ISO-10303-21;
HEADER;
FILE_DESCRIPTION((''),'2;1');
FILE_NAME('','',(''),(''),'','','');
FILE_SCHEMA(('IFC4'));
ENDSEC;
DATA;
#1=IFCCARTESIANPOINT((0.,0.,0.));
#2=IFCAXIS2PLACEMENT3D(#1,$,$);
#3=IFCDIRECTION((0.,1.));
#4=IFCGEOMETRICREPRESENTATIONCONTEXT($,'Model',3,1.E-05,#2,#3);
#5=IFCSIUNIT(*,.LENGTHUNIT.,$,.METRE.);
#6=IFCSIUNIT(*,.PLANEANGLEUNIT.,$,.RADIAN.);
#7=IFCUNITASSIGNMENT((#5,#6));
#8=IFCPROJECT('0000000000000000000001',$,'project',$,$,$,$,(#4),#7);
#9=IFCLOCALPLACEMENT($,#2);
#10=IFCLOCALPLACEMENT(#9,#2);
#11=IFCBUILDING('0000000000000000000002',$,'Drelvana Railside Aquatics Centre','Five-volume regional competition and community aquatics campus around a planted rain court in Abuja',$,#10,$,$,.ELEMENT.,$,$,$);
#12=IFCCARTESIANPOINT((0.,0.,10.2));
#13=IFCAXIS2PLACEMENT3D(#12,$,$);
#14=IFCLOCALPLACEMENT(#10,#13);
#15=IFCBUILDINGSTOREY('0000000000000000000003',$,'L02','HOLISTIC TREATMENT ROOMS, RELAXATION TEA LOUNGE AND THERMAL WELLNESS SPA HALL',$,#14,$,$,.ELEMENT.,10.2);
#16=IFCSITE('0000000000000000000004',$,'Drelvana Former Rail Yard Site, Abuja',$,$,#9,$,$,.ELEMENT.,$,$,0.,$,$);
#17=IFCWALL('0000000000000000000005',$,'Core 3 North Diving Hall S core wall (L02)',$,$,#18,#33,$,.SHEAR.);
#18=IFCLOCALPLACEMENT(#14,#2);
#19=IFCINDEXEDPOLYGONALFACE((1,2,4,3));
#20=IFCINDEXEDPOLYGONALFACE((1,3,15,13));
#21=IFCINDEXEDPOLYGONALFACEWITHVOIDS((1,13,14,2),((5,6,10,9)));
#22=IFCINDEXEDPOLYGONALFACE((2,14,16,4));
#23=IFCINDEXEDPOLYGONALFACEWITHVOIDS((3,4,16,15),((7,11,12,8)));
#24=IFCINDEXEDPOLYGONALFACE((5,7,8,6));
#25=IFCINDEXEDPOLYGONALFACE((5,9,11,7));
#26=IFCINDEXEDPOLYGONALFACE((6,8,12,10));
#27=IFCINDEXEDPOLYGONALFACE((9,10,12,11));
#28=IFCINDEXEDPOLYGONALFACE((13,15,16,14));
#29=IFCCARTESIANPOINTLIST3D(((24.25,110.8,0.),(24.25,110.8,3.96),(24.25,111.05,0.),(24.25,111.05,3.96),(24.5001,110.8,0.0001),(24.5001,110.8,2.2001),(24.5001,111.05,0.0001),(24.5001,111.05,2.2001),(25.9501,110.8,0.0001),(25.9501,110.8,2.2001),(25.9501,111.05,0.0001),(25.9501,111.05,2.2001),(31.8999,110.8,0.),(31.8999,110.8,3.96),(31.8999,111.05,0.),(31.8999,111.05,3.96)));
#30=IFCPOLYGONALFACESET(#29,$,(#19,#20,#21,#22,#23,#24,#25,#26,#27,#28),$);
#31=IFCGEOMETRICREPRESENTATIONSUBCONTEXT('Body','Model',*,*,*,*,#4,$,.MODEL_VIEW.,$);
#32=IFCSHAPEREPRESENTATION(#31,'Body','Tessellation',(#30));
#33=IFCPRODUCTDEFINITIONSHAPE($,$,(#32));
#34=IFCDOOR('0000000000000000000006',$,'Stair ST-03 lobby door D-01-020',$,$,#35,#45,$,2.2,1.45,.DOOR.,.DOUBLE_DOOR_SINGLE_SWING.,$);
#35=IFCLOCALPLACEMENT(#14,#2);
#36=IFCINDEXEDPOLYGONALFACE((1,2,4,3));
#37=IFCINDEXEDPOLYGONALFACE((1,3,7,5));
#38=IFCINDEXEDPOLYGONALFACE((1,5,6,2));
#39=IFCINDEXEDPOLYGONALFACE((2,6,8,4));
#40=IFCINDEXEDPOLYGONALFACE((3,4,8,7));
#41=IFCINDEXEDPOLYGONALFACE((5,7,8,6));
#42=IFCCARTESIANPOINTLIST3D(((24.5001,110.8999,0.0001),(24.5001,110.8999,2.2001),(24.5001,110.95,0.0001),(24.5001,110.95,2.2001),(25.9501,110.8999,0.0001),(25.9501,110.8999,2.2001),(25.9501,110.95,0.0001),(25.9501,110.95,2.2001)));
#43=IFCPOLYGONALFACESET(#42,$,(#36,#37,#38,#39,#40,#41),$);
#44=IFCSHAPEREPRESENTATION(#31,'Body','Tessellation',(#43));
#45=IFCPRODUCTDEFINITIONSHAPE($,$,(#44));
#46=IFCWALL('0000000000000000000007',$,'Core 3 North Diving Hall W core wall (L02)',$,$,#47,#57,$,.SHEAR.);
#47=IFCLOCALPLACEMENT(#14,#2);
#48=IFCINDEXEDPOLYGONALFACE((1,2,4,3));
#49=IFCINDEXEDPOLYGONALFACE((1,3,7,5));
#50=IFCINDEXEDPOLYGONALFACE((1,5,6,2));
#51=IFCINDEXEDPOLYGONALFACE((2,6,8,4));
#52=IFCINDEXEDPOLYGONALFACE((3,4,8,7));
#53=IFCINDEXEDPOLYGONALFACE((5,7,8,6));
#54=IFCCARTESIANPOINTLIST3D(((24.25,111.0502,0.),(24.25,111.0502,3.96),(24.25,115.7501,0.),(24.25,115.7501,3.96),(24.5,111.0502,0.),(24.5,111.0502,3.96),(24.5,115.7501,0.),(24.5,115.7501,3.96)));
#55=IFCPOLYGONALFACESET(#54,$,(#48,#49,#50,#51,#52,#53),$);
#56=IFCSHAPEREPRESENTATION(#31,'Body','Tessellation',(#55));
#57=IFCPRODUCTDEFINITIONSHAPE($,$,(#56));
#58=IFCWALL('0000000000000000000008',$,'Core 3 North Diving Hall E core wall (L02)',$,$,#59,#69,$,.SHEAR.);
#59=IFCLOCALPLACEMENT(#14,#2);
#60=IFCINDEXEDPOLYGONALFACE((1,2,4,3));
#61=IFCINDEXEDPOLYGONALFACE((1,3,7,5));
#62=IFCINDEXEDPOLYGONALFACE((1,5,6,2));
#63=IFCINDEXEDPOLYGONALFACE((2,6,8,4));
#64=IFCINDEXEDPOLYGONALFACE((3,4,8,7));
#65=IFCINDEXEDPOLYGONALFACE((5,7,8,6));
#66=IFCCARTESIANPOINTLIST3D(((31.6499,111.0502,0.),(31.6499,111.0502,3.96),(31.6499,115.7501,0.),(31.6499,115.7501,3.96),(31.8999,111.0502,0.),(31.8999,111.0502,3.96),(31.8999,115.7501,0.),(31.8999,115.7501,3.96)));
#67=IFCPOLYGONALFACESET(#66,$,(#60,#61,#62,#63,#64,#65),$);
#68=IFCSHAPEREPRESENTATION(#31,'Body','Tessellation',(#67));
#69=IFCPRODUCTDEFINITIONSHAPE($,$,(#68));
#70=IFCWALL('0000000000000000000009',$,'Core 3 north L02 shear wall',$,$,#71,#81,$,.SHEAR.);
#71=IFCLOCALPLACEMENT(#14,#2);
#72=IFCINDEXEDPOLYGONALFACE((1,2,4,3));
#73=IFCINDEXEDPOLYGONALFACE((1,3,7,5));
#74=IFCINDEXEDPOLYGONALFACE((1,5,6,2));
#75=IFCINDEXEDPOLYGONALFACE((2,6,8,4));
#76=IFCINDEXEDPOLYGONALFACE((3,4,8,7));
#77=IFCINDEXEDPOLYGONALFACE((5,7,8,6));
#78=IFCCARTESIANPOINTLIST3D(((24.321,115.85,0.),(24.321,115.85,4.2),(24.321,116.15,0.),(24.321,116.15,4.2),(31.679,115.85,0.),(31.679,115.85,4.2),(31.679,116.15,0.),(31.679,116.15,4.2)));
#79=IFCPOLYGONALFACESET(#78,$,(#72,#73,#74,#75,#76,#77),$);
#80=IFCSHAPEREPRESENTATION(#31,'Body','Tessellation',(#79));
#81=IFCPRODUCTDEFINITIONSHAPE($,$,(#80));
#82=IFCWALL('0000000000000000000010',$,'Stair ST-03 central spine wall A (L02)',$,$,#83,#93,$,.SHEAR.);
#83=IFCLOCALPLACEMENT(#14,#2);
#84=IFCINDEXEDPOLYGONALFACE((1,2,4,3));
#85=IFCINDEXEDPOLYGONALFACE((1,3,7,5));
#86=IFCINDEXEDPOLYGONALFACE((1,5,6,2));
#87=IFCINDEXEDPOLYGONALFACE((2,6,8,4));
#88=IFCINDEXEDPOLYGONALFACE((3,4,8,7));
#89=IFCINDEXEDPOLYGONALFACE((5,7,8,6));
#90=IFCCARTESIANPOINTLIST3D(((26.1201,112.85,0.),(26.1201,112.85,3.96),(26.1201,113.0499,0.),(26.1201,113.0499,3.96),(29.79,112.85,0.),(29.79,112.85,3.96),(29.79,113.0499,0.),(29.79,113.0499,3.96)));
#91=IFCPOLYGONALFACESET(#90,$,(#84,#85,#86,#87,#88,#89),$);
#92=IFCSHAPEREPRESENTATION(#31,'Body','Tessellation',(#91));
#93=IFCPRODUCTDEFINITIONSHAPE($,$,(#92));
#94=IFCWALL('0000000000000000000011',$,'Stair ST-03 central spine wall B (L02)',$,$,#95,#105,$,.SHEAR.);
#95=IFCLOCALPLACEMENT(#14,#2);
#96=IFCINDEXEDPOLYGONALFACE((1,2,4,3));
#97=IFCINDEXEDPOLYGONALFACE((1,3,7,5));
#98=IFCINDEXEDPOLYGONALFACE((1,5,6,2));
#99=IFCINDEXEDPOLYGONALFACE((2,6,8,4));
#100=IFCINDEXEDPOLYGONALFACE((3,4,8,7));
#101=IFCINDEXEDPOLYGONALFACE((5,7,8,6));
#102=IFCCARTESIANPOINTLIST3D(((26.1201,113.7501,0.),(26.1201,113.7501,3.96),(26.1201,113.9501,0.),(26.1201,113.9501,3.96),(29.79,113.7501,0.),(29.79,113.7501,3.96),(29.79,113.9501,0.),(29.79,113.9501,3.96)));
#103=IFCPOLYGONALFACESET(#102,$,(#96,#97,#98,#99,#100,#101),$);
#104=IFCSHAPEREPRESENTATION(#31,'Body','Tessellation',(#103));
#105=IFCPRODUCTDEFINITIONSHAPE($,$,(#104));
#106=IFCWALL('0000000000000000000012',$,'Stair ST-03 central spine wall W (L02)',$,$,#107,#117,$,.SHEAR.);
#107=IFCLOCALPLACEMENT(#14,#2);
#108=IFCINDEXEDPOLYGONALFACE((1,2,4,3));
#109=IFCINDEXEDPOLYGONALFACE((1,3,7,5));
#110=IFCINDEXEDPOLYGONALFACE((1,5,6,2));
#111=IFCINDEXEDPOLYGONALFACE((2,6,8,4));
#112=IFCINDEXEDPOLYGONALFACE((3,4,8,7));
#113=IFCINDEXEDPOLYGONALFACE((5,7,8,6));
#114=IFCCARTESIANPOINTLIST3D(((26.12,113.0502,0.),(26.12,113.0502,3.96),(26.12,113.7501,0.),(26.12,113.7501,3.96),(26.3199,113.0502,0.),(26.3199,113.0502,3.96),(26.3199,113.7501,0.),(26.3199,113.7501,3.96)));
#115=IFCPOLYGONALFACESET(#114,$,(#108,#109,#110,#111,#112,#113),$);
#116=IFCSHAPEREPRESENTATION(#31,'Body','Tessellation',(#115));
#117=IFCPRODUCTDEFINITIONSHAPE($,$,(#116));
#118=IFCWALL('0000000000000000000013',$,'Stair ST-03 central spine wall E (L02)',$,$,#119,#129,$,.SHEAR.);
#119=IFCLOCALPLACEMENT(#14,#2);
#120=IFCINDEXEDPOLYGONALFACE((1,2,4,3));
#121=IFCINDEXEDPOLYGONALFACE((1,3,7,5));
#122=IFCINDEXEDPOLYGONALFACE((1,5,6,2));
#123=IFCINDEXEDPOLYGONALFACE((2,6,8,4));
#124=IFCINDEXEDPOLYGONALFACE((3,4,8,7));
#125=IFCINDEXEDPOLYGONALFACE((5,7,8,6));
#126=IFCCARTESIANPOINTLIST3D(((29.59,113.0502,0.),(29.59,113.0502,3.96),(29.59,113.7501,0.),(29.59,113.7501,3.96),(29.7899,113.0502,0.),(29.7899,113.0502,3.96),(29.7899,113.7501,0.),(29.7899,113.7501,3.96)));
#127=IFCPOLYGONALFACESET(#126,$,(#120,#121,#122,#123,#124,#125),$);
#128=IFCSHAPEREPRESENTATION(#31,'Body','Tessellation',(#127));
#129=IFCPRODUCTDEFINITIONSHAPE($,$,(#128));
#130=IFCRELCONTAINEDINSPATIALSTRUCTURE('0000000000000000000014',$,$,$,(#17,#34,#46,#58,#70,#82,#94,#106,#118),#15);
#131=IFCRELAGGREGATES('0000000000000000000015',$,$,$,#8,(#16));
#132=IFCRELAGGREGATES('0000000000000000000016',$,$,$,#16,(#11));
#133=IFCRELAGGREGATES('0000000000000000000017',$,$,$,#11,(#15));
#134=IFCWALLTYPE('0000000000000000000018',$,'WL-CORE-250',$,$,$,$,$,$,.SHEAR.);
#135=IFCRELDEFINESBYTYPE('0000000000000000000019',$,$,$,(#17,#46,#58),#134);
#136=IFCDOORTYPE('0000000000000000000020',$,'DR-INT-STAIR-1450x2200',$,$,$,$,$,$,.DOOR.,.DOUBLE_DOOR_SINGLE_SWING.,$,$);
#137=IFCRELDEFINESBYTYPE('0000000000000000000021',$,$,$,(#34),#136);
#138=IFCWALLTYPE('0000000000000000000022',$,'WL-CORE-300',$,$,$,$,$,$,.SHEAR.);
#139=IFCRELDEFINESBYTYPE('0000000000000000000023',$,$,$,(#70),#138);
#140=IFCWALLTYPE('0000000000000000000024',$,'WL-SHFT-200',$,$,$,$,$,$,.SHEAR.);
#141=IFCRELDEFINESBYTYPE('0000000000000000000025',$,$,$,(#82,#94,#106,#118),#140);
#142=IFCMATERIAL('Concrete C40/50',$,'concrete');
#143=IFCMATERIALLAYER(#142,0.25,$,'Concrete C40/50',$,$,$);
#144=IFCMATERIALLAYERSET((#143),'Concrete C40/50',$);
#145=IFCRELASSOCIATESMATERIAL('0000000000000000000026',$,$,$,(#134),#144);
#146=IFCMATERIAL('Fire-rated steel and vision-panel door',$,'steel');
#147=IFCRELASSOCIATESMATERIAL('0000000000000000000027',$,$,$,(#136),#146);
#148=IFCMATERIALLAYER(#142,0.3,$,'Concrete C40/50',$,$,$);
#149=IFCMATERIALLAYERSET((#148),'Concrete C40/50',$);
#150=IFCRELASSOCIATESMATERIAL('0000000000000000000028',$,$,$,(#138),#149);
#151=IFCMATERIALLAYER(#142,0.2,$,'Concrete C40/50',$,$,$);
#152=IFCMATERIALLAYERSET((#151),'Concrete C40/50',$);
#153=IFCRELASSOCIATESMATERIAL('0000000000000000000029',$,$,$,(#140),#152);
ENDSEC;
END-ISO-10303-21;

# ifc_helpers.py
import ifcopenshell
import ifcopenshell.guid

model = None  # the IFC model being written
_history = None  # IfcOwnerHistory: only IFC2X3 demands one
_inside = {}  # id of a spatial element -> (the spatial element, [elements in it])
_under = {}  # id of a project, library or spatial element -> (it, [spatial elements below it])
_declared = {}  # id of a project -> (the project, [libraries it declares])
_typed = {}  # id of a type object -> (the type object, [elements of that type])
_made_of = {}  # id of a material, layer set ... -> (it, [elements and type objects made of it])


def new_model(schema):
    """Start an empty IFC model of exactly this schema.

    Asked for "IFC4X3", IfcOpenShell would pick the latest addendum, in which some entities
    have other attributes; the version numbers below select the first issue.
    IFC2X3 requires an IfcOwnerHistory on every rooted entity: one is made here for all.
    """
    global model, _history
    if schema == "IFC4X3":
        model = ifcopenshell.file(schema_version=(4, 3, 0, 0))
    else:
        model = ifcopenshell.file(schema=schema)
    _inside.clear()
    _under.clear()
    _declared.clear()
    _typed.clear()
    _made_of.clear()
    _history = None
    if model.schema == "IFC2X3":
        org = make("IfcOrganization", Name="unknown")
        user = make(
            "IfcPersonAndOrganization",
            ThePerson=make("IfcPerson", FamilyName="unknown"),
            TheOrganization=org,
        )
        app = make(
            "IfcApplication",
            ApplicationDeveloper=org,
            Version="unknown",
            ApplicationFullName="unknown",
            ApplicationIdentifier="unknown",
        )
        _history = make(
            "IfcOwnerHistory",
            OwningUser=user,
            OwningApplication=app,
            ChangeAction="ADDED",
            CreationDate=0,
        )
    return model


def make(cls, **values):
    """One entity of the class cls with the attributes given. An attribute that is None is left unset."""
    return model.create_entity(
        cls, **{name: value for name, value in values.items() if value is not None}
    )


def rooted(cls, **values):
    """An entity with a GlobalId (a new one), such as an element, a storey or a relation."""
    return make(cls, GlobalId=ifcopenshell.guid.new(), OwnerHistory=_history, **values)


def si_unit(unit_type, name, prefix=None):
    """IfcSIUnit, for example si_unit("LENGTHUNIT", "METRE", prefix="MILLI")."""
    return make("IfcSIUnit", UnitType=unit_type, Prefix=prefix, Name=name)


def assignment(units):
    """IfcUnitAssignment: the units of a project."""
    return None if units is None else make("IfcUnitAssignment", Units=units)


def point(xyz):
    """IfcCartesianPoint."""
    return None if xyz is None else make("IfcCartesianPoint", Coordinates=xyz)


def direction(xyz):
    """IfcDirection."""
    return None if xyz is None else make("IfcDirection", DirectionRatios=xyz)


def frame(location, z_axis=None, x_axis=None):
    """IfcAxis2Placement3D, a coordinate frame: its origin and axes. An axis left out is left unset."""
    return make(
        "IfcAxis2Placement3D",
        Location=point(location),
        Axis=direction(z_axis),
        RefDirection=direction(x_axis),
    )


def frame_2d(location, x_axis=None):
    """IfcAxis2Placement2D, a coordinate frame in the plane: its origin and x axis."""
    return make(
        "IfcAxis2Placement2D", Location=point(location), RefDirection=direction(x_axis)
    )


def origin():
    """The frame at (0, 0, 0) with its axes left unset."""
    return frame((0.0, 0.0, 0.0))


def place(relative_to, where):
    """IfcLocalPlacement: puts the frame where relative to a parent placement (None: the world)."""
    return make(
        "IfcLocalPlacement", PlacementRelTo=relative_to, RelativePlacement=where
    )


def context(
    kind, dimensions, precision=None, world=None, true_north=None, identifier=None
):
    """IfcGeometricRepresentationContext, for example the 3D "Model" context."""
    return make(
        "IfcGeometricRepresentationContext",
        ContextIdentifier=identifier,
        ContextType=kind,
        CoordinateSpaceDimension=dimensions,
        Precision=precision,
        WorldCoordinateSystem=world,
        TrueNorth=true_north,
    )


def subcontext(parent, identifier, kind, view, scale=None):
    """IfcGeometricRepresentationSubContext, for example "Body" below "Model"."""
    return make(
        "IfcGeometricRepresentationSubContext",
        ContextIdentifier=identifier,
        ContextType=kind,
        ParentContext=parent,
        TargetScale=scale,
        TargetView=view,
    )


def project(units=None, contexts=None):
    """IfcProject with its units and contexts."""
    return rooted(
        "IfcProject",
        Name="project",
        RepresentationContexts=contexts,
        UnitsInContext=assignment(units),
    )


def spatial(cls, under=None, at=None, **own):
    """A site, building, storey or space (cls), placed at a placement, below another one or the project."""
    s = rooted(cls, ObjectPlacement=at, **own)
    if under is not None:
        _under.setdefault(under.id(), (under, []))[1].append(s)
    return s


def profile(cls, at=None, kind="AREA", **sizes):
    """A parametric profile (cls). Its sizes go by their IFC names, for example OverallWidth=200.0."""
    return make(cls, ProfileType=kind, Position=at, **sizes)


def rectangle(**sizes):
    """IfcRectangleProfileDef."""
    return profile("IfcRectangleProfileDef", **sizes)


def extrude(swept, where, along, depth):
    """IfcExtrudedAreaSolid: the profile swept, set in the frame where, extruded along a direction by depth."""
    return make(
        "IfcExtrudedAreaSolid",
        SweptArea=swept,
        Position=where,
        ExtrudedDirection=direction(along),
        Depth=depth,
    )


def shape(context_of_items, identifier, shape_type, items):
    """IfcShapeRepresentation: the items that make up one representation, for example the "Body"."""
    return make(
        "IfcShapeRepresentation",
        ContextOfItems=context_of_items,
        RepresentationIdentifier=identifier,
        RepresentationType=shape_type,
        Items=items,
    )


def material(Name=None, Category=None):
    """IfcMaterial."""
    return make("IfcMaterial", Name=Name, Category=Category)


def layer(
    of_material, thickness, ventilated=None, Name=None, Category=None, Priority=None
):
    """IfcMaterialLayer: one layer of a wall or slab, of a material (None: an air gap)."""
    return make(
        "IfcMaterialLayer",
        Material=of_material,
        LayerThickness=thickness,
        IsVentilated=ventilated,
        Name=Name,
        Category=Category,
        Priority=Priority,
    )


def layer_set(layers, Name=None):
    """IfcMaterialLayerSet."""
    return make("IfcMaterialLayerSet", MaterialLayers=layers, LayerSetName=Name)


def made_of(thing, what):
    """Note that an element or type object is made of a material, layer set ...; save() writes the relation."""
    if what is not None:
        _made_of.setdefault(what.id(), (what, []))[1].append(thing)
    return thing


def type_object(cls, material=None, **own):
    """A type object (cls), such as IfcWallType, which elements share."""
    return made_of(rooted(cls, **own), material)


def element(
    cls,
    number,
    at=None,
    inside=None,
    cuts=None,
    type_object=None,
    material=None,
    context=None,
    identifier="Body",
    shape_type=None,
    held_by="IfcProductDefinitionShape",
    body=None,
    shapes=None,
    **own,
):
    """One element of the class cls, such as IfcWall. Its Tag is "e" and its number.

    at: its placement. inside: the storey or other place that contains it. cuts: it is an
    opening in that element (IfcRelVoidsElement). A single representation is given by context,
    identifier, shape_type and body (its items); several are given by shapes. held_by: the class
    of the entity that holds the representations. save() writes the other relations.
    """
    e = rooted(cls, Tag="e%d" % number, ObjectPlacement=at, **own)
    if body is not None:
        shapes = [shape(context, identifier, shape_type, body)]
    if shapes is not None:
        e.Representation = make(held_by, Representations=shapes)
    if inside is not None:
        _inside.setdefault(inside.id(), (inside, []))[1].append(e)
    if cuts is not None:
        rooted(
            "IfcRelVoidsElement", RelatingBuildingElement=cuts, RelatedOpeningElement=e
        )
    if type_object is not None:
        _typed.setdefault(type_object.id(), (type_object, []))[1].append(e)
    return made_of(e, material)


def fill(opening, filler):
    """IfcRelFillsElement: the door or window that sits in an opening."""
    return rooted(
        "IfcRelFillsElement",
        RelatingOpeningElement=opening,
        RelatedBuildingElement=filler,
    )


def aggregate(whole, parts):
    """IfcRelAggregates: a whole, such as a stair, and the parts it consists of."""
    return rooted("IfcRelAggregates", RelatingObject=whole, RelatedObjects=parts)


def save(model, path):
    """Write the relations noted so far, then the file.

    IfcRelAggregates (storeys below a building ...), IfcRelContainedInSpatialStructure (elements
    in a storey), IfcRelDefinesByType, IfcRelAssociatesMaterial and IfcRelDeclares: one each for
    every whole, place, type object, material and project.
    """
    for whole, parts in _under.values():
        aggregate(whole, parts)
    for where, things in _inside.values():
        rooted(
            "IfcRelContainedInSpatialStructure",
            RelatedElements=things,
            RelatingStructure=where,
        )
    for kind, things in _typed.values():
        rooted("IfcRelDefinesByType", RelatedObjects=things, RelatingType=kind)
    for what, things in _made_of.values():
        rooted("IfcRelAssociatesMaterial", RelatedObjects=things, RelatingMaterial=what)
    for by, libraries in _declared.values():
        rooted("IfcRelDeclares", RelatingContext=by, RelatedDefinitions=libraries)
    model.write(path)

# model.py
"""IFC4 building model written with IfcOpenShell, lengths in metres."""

from ifc_helpers import new_model, si_unit, direction, frame, frame_2d, origin, place, context, subcontext, project, spatial, rectangle, extrude, material, layer, layer_set, type_object, element, fill, save


model = new_model("IFC4")

# Units and contexts
model_context = context("Model", 3, precision=1e-05, world=origin(), true_north=direction((0.0, 1.0)))
body_context = subcontext(model_context, "Body", "Model", "MODEL_VIEW")
ifc_project = project(units=[si_unit("LENGTHUNIT", "METRE"), si_unit("PLANEANGLEUNIT", "RADIAN")], contexts=[model_context])

# Site, building, storey
site_placement = place(None, origin())
site = spatial("IfcSite", under=ifc_project, at=site_placement, Name="Drelvana Former Rail Yard Site, Abuja", CompositionType="ELEMENT", RefElevation=0.0)
building_placement = place(site_placement, origin())
building = spatial("IfcBuilding", under=site, at=building_placement, Name="Drelvana Railside Aquatics Centre", Description="Five-volume regional competition and community aquatics campus around a planted rain court in Abuja", CompositionType="ELEMENT")
storey_placement = place(building_placement, frame((0.0, 0.0, 10.2)))
storey = spatial("IfcBuildingStorey", under=building, at=storey_placement, Name="L02", Description="HOLISTIC TREATMENT ROOMS, RELAXATION TEA LOUNGE AND THERMAL WELLNESS SPA HALL", CompositionType="ELEMENT", Elevation=10.2)

# Shared definitions
ifc_material_1 = material(Name="Concrete C40/50", Category="concrete")

# Wall, opening, door
ifc_layer_1 = layer(ifc_material_1, 0.25, Name="Concrete C40/50")
ifc_layer_set_1 = layer_set([ifc_layer_1], Name="Concrete C40/50")
wall_type_1 = type_object("IfcWallType", Name="WL-CORE-250", PredefinedType="SHEAR", material=ifc_layer_set_1)
wall_1_placement = place(storey_placement, frame((24.25, 110.925, 0.0), z_axis=(0.0, 0.0, 1.0), x_axis=(1.0, 0.0, 0.0)))
wall_1 = element("IfcWall", 1, at=wall_1_placement, inside=storey, type_object=wall_type_1, Name="Core 3 North Diving Hall S core wall (L02)", PredefinedType="SHEAR", context=body_context, shape_type="SweptSolid", body=[
    extrude(rectangle(XDim=7.6499, YDim=0.25, at=frame_2d((3.825, 0.0))), origin(), (0.0, 0.0, 1.0), 3.96),
])
opening_placement = place(wall_1_placement, frame((0.25, 0.0, 0.0)))
opening = element("IfcOpeningElement", 2, at=opening_placement, cuts=wall_1, PredefinedType="OPENING", context=body_context, shape_type="SweptSolid", body=[
    extrude(rectangle(XDim=1.45, YDim=2.2, at=frame_2d((0.7251, 1.1001))), frame((0.0, 0.135, 0.0), z_axis=(0.0, -1.0, 0.0), x_axis=(1.0, 0.0, 0.0)), (0.0, 0.0, 1.0), 0.27),
])
ifc_material_2 = material(Name="Fire-rated steel and vision-panel door", Category="steel")
door_type = type_object("IfcDoorType", Name="DR-INT-STAIR-1450x2200", OperationType="DOUBLE_DOOR_SINGLE_SWING", PredefinedType="DOOR", material=ifc_material_2)
door_placement = place(opening_placement, origin())
door = element("IfcDoor", 3, at=door_placement, inside=storey, type_object=door_type, Name="Stair ST-03 lobby door D-01-020", OperationType="DOUBLE_DOOR_SINGLE_SWING", OverallHeight=2.2, OverallWidth=1.45, PredefinedType="DOOR", context=body_context, shape_type="SweptSolid", body=[
    extrude(rectangle(XDim=1.45, YDim=2.2, at=frame_2d((0.7251, 1.1001))), frame((0.0, 0.0249, 0.0), z_axis=(0.0, -1.0, 0.0), x_axis=(1.0, 0.0, 0.0)), (0.0, 0.0, 1.0), 0.05),
])
fill(opening, door)

# Walls
for number, where, z_axis, x_axis, name in (
    (4, (24.375, 111.05, 0.0), (0.0, 0.0, 1.0), (0.0, 1.0, 0.0), "Core 3 North Diving Hall W core wall (L02)"),
    (5, (31.7749, 111.05, 0.0), (0.0, 0.0, 1.0), (0.0, 1.0, 0.0), "Core 3 North Diving Hall E core wall (L02)"),
):
    element("IfcWall", number, at=place(storey_placement, frame(where, z_axis=z_axis, x_axis=x_axis)), inside=storey, type_object=wall_type_1, Name=name, PredefinedType="SHEAR", context=body_context, shape_type="SweptSolid", body=[
        extrude(rectangle(XDim=4.7, YDim=0.25, at=frame_2d((2.3501, 0.0))), origin(), (0.0, 0.0, 1.0), 3.96),
    ])
ifc_layer_2 = layer(ifc_material_1, 0.3, Name="Concrete C40/50")
ifc_layer_set_2 = layer_set([ifc_layer_2], Name="Concrete C40/50")
wall_type_2 = type_object("IfcWallType", Name="WL-CORE-300", PredefinedType="SHEAR", material=ifc_layer_set_2)
wall_2_placement = place(storey_placement, frame((24.321, 116.0, 0.0), z_axis=(0.0, 0.0, 1.0), x_axis=(1.0, 0.0, 0.0)))
element("IfcWall", 6, at=wall_2_placement, inside=storey, type_object=wall_type_2, Name="Core 3 north L02 shear wall", PredefinedType="SHEAR", context=body_context, shape_type="SweptSolid", body=[
    extrude(rectangle(XDim=7.3579, YDim=0.3, at=frame_2d((3.679, 0.0))), origin(), (0.0, 0.0, 1.0), 4.2),
])
ifc_layer_3 = layer(ifc_material_1, 0.2, Name="Concrete C40/50")
ifc_layer_set_3 = layer_set([ifc_layer_3], Name="Concrete C40/50")
wall_type_3 = type_object("IfcWallType", Name="WL-SHFT-200", PredefinedType="SHEAR", material=ifc_layer_set_3)
for number, where, z_axis, x_axis, name in (
    (7, (26.1201, 112.95, 0.0), (0.0, 0.0, 1.0), (1.0, 0.0, 0.0), "Stair ST-03 central spine wall A (L02)"),
    (8, (26.1201, 113.8501, 0.0), (0.0, 0.0, 1.0), (1.0, 0.0, 0.0), "Stair ST-03 central spine wall B (L02)"),
):
    element("IfcWall", number, at=place(storey_placement, frame(where, z_axis=z_axis, x_axis=x_axis)), inside=storey, type_object=wall_type_3, Name=name, PredefinedType="SHEAR", context=body_context, shape_type="SweptSolid", body=[
        extrude(rectangle(XDim=3.6699, YDim=0.2, at=frame_2d((1.835, 0.0))), origin(), (0.0, 0.0, 1.0), 3.96),
    ])
for number, where, z_axis, x_axis, name in (
    (9, (26.22, 113.05, 0.0), (0.0, 0.0, 1.0), (0.0, 1.0, 0.0), "Stair ST-03 central spine wall W (L02)"),
    (10, (29.6899, 113.05, 0.0), (0.0, 0.0, 1.0), (0.0, 1.0, 0.0), "Stair ST-03 central spine wall E (L02)"),
):
    element("IfcWall", number, at=place(storey_placement, frame(where, z_axis=z_axis, x_axis=x_axis)), inside=storey, type_object=wall_type_3, Name=name, PredefinedType="SHEAR", context=body_context, shape_type="SweptSolid", body=[
        extrude(rectangle(XDim=0.7, YDim=0.2, at=frame_2d((0.3501, 0.0))), origin(), (0.0, 0.0, 1.0), 3.96),
    ])

save(model, "model.ifc")
